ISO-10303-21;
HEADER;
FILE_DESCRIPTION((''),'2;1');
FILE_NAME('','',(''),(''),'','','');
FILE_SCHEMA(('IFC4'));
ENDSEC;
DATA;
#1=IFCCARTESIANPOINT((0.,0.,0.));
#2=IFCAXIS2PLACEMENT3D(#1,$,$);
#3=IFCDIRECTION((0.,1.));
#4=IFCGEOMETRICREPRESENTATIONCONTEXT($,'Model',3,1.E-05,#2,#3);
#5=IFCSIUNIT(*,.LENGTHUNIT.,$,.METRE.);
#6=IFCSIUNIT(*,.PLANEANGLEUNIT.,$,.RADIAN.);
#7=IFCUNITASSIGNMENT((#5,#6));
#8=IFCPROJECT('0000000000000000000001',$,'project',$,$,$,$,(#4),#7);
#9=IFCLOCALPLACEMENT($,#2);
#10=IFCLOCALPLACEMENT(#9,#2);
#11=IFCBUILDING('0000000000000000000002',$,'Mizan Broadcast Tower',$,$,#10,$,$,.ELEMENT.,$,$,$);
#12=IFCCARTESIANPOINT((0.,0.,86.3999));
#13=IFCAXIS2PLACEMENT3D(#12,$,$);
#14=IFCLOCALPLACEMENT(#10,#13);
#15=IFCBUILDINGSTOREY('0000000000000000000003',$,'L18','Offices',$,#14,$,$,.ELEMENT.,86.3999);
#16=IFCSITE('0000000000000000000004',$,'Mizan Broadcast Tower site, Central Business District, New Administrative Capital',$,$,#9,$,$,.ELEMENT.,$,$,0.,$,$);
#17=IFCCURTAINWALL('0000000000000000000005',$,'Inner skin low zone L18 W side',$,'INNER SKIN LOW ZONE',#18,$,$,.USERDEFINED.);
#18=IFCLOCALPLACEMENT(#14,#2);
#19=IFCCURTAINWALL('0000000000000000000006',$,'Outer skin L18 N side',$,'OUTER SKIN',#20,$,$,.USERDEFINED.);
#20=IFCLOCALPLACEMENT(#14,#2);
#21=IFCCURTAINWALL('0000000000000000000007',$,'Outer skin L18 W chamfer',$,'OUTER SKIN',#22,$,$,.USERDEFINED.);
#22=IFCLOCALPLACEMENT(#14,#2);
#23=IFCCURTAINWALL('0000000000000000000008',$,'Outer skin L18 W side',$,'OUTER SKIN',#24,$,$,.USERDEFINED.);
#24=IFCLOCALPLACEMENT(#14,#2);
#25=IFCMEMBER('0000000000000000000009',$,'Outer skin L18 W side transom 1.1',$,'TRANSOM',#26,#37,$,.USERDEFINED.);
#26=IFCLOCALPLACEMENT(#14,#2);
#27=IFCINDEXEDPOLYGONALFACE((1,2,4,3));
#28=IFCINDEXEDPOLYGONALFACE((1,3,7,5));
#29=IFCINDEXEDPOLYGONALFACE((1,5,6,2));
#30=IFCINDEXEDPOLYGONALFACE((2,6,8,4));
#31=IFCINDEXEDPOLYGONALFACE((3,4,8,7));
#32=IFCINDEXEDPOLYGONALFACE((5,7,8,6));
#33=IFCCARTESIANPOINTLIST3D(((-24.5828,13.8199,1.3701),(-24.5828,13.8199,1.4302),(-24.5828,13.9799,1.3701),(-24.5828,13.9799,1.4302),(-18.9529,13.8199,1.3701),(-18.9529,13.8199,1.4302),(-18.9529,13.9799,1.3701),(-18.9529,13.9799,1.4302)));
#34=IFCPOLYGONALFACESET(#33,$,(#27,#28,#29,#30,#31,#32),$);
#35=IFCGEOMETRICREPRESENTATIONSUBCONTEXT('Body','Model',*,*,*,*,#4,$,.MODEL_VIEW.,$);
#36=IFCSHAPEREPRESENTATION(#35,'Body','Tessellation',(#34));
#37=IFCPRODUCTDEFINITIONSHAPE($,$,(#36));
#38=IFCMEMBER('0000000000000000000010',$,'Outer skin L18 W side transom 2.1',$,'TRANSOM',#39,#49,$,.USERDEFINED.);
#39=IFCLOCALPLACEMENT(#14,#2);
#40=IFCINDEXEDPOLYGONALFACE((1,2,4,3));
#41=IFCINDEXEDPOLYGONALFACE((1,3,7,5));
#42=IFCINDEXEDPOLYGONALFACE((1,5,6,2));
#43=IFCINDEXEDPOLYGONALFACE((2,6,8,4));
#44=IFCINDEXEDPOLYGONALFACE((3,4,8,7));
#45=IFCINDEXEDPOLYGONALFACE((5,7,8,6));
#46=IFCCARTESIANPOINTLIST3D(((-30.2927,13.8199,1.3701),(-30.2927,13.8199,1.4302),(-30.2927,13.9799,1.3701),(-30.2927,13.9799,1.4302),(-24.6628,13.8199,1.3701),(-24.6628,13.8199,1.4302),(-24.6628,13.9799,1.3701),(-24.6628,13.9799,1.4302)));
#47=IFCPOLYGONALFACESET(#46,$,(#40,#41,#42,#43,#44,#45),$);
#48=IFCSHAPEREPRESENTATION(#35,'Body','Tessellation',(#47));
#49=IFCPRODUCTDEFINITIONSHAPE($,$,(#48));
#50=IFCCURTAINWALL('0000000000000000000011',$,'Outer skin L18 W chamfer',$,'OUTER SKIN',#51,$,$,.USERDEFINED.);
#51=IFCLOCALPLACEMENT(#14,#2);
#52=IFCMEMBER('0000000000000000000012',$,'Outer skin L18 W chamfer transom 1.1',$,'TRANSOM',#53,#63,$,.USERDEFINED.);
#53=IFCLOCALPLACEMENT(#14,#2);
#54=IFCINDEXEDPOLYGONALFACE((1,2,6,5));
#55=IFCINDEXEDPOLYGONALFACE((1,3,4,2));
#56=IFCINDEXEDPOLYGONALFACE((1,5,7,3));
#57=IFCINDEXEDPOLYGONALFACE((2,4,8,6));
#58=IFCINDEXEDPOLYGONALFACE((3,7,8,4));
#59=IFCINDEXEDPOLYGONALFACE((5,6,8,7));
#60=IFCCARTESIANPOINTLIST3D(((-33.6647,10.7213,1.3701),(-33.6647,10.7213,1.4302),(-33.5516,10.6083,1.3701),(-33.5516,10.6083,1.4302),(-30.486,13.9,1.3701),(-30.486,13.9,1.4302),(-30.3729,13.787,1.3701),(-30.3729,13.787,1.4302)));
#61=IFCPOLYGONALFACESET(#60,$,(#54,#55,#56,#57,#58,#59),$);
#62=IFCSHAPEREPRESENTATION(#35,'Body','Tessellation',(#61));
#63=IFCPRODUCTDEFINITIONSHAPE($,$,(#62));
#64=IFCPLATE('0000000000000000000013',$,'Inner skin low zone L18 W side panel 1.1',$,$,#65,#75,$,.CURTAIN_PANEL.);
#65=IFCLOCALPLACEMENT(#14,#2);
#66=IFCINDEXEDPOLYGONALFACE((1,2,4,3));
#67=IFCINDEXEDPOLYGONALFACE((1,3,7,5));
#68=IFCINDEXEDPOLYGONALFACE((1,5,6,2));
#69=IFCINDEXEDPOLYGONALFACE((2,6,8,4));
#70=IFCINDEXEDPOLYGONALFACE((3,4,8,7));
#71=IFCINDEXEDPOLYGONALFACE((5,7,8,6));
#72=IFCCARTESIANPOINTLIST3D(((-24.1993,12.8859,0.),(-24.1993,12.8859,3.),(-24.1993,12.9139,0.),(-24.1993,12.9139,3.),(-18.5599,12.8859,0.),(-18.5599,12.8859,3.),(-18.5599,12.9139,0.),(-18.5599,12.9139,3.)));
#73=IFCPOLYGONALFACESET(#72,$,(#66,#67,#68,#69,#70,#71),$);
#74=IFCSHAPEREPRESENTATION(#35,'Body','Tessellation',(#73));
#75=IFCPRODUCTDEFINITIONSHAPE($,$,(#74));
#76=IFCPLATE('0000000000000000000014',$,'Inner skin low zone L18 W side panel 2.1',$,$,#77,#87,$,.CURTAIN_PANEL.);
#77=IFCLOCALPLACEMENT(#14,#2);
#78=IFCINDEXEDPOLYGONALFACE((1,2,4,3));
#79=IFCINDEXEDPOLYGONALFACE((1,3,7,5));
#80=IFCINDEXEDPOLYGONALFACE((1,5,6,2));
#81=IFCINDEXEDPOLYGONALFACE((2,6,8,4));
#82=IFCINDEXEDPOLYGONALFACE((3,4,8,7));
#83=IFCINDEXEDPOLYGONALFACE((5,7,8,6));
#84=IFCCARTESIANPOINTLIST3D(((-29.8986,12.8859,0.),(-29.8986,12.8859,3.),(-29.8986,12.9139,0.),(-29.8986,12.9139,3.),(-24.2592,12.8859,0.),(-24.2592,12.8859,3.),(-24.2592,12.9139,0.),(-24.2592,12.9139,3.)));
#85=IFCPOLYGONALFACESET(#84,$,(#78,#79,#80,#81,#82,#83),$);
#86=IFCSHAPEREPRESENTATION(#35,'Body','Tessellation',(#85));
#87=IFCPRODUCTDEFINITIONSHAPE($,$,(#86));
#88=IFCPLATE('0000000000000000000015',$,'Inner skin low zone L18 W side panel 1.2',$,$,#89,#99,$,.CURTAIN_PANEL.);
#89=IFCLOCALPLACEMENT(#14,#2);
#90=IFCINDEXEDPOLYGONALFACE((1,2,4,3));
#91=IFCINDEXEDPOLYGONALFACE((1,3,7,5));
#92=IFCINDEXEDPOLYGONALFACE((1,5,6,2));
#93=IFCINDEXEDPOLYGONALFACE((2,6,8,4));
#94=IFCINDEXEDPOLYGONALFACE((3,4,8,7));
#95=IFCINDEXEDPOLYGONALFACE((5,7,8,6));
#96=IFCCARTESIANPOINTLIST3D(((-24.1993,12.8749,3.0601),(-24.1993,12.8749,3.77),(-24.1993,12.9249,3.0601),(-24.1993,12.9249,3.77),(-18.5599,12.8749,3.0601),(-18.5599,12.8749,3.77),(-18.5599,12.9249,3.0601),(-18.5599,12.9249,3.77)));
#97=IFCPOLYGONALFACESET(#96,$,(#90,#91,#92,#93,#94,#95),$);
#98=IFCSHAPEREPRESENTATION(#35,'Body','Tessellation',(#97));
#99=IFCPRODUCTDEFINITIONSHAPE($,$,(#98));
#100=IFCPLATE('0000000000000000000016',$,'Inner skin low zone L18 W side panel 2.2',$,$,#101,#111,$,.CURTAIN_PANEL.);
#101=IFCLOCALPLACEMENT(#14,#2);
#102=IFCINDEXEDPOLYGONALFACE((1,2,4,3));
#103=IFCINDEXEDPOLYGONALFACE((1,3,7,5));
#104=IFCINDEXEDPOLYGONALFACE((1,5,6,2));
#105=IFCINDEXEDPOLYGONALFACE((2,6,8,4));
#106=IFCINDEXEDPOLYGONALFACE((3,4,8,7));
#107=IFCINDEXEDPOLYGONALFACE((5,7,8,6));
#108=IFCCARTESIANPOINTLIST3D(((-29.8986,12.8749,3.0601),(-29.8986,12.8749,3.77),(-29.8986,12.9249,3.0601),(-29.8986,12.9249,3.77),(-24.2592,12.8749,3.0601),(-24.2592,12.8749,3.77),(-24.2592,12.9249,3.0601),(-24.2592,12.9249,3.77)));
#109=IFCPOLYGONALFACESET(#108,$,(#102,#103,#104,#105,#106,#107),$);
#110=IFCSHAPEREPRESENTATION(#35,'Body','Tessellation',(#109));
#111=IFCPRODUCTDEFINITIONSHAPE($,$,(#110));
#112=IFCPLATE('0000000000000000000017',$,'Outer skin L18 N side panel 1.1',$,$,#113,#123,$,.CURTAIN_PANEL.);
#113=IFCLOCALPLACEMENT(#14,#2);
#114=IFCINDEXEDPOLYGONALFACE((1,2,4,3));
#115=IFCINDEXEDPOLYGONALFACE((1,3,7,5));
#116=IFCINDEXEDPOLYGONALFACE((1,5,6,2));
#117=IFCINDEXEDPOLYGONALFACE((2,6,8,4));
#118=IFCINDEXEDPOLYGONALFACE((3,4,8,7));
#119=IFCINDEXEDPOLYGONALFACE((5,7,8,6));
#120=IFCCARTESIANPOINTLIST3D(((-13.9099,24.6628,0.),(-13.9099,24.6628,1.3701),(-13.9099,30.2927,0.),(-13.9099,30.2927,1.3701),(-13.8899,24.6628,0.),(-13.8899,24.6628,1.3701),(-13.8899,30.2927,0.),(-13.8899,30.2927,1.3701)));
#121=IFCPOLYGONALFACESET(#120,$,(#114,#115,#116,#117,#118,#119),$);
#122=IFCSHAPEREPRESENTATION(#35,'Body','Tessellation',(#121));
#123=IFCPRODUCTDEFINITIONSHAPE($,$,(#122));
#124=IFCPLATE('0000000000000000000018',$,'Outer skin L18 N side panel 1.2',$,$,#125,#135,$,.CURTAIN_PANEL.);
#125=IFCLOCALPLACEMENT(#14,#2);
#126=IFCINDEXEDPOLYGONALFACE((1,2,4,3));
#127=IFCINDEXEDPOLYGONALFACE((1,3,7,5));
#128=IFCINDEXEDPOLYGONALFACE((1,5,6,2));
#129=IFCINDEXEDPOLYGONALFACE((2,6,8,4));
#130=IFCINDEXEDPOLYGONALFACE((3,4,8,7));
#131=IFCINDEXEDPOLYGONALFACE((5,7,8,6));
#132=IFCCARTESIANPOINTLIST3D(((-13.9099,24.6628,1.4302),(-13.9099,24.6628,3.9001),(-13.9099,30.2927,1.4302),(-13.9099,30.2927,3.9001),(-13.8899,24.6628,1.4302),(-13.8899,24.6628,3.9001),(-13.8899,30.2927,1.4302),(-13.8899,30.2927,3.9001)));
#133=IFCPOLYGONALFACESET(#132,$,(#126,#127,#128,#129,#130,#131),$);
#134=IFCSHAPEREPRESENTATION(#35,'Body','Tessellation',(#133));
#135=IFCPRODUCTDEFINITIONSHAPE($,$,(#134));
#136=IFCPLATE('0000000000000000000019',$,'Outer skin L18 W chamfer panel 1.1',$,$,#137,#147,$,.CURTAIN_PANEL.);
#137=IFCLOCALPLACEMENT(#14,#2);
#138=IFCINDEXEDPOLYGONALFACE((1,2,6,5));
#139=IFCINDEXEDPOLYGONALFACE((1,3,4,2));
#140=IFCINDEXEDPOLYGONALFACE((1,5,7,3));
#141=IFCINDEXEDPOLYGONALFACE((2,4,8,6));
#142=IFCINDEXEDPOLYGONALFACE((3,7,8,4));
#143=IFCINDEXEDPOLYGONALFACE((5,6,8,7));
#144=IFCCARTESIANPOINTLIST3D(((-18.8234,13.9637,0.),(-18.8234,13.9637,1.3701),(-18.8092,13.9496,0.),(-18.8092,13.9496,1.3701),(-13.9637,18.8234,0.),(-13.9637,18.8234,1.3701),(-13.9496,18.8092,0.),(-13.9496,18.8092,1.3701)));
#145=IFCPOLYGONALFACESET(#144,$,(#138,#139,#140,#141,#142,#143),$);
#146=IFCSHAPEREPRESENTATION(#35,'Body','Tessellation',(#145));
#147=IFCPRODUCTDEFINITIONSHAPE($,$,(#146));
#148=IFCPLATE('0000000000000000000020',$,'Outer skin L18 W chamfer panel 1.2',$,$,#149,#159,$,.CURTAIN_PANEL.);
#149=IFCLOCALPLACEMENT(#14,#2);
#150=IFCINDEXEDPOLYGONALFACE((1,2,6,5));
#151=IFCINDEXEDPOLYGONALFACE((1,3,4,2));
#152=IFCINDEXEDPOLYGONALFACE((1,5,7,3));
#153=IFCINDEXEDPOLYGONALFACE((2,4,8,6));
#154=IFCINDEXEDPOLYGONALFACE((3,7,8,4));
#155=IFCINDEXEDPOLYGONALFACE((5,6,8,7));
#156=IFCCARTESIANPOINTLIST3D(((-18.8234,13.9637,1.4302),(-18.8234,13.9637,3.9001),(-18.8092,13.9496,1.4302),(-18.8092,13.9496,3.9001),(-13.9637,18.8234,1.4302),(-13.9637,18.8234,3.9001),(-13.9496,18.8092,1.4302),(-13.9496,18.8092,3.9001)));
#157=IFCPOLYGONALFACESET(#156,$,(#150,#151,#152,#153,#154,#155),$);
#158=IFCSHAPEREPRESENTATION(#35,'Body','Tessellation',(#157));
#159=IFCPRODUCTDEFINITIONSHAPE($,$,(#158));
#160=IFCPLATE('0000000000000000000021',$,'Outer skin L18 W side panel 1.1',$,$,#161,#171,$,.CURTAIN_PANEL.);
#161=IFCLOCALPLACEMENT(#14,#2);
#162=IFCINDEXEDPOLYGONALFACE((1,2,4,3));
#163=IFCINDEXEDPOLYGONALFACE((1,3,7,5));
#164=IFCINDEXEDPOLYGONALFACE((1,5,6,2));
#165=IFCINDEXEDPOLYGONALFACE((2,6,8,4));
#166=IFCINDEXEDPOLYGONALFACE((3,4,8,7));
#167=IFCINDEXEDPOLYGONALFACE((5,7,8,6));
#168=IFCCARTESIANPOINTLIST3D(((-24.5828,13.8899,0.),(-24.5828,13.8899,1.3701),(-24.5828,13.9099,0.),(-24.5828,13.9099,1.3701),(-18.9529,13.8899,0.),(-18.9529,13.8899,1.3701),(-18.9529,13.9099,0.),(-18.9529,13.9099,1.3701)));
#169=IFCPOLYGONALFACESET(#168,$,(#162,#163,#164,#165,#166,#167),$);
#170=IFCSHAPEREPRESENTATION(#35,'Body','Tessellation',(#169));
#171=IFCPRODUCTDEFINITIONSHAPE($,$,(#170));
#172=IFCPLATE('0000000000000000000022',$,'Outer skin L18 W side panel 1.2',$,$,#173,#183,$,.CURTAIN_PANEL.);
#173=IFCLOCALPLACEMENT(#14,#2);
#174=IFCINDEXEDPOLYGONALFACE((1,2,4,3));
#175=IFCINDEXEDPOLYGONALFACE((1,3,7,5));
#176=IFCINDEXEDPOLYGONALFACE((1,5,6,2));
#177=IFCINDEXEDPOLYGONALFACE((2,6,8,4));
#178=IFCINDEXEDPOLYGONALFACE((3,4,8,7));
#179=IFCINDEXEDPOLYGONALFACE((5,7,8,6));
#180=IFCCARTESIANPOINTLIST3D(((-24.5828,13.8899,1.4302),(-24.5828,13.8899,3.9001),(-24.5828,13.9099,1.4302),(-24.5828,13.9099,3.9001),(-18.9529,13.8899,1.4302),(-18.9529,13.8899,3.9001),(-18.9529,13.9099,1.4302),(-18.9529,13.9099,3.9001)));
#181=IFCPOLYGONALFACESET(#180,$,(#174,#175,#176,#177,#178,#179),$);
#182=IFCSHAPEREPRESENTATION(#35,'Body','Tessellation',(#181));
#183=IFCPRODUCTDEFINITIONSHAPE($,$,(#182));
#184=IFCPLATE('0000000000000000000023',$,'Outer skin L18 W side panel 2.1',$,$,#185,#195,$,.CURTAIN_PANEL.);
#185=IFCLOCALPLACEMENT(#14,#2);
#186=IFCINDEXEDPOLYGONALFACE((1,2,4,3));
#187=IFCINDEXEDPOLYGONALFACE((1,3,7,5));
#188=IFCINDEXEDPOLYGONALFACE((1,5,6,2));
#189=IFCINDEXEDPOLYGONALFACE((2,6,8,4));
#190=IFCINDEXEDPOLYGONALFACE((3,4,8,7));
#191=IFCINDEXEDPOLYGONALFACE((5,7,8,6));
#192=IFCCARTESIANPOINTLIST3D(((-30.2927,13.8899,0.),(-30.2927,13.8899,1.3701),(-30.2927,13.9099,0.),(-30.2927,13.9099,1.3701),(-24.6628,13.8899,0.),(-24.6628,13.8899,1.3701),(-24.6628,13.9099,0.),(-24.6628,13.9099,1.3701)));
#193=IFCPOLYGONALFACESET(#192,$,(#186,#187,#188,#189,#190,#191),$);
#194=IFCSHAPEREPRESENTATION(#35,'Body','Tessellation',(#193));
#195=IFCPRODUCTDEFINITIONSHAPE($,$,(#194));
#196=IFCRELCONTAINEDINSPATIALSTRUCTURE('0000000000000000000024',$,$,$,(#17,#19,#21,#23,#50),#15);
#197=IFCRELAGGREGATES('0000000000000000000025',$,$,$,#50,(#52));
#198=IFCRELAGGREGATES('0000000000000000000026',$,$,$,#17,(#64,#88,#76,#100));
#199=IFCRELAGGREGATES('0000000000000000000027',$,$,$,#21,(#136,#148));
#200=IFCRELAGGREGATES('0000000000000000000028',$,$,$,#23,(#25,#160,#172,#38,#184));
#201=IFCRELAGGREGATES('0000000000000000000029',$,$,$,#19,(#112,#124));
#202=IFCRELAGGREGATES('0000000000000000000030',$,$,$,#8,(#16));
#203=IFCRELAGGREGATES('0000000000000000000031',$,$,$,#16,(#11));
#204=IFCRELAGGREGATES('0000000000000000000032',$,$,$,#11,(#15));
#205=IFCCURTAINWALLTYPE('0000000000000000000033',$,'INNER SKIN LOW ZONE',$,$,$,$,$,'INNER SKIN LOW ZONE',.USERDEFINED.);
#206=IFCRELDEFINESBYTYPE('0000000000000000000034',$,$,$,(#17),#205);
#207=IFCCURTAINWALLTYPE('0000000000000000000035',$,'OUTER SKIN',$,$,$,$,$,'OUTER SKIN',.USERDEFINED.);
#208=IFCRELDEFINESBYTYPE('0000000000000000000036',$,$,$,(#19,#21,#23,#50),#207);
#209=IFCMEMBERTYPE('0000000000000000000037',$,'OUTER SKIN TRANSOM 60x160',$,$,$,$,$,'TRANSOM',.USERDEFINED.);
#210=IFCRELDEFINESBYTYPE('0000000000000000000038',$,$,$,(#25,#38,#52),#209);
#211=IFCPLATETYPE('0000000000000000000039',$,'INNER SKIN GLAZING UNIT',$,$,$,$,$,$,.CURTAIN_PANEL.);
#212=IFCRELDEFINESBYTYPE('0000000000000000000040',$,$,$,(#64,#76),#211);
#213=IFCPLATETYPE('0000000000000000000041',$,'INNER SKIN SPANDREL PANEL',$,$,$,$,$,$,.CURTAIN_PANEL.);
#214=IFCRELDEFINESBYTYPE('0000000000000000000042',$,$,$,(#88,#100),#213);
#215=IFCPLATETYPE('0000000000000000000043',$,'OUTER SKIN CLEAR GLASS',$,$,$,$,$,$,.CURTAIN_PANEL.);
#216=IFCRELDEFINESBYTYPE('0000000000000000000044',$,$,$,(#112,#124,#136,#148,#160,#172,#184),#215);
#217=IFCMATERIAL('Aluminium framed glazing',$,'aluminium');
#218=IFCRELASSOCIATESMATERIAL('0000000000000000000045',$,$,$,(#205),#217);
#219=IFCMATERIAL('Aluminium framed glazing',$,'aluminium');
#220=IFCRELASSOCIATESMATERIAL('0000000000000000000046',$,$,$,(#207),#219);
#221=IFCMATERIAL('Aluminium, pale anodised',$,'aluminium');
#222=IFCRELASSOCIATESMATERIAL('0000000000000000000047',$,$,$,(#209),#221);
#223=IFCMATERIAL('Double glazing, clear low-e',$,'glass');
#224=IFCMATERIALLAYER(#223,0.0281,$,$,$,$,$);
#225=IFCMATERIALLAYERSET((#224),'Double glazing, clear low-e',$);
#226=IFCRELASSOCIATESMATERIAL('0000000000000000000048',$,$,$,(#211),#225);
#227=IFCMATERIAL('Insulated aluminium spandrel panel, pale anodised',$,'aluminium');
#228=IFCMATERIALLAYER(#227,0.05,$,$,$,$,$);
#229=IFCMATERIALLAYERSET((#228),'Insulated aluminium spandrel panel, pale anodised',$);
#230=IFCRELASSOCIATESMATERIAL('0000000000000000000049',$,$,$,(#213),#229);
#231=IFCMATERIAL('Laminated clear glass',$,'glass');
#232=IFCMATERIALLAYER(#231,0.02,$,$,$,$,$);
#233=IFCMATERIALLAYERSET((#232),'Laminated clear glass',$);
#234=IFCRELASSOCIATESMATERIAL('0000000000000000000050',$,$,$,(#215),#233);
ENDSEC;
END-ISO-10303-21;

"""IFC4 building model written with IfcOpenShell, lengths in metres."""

from ifc_helpers import new_model, si_unit, direction, frame, origin, origin_2d, place, context, subcontext, project, spatial, rectangle, extrude, material, layer, layer_set, material_profile, profile_set, type_object, element, aggregate, save


model = new_model("IFC4")

# Units and contexts
model_context = context("Model", 3, precision=1e-05, world=origin(), true_north=direction((0.0, 1.0)))
body_context = subcontext(model_context, "Body", "Model", "MODEL_VIEW")
ifc_project = project(units=[si_unit("LENGTHUNIT", "METRE"), si_unit("PLANEANGLEUNIT", "RADIAN")], contexts=[model_context])

# Site, building, storey
site_placement = place(None, origin())
site = spatial("IfcSite", under=ifc_project, at=site_placement, Name="Mizan Broadcast Tower site, Central Business District, New Administrative Capital", CompositionType="ELEMENT", RefElevation=0.0)
building_placement = place(site_placement, origin())
building = spatial("IfcBuilding", under=site, at=building_placement, Name="Mizan Broadcast Tower", CompositionType="ELEMENT")
storey_placement = place(building_placement, frame((0.0, 0.0, 86.3999)))
storey = spatial("IfcBuildingStorey", under=building, at=storey_placement, Name="L18", Description="Offices", CompositionType="ELEMENT", Elevation=86.3999)

# Curtain wall
ifc_material_1 = material(Name="Aluminium framed glazing", Category="aluminium")
curtain_wall_type_1 = type_object("IfcCurtainWallType", Name="INNER SKIN LOW ZONE", ElementType="INNER SKIN LOW ZONE", PredefinedType="USERDEFINED", material=ifc_material_1)
curtain_wall_1_placement = place(storey_placement, origin())
curtain_wall_1 = element("IfcCurtainWall", 1, at=curtain_wall_1_placement, inside=storey, type_object=curtain_wall_type_1, Name="Inner skin low zone L18 W side", ObjectType="INNER SKIN LOW ZONE", PredefinedType="USERDEFINED")

# Shared definitions
ifc_material_2 = material(Name="Aluminium framed glazing", Category="aluminium")
curtain_wall_type_2 = type_object("IfcCurtainWallType", Name="OUTER SKIN", ElementType="OUTER SKIN", PredefinedType="USERDEFINED", material=ifc_material_2)

# Curtain wall
curtain_wall_2_placement = place(storey_placement, origin())
curtain_wall_2 = element("IfcCurtainWall", 2, at=curtain_wall_2_placement, inside=storey, type_object=curtain_wall_type_2, Name="Outer skin L18 N side", ObjectType="OUTER SKIN", PredefinedType="USERDEFINED")

# Curtain wall
curtain_wall_3_placement = place(storey_placement, origin())
curtain_wall_3 = element("IfcCurtainWall", 3, at=curtain_wall_3_placement, inside=storey, type_object=curtain_wall_type_2, Name="Outer skin L18 W chamfer", ObjectType="OUTER SKIN", PredefinedType="USERDEFINED")

# Curtain wall
curtain_wall_4_placement = place(storey_placement, origin())
curtain_wall_4 = element("IfcCurtainWall", 4, at=curtain_wall_4_placement, inside=storey, type_object=curtain_wall_type_2, Name="Outer skin L18 W side", ObjectType="OUTER SKIN", PredefinedType="USERDEFINED")

# Members
ifc_material_3 = material(Name="Aluminium, pale anodised", Category="aluminium")
ifc_material_profile_1 = material_profile(ifc_material_3, rectangle(XDim=0.1599, YDim=0.0601, at=origin_2d()), Name="TRANSOM 160x60")
ifc_profile_set_1 = profile_set([ifc_material_profile_1], Name="Aluminium, pale anodised")
member_type_1 = type_object("IfcMemberType", Name="OUTER SKIN TRANSOM 60x160", ElementType="TRANSOM", PredefinedType="USERDEFINED", material=ifc_profile_set_1)
member_1_placement = place(storey_placement, frame((-18.9529, 13.8999, 1.4001), z_axis=(-1.0, 0.0, 0.0), x_axis=(0.0, -1.0, 0.0)))
member_1 = element("IfcMember", 5, at=member_1_placement, type_object=member_type_1, Name="Outer skin L18 W side transom 1.1", ObjectType="TRANSOM", PredefinedType="USERDEFINED", context=body_context, shape_type="SweptSolid", body=[
    extrude(rectangle(XDim=0.1599, YDim=0.0601, at=origin_2d()), origin(), (0.0, 0.0, 1.0), 5.6299),
])
member_2_placement = place(storey_placement, frame((-24.6628, 13.8999, 1.4001), z_axis=(-1.0, 0.0, 0.0), x_axis=(0.0, -1.0, 0.0)))
member_2 = element("IfcMember", 6, at=member_2_placement, type_object=member_type_1, Name="Outer skin L18 W side transom 2.1", ObjectType="TRANSOM", PredefinedType="USERDEFINED", context=body_context, shape_type="SweptSolid", body=[
    extrude(rectangle(XDim=0.1599, YDim=0.0601, at=origin_2d()), origin(), (0.0, 0.0, 1.0), 5.6299),
])

# Curtain wall, member
curtain_wall_5_placement = place(storey_placement, origin())
curtain_wall_5 = element("IfcCurtainWall", 7, at=curtain_wall_5_placement, inside=storey, type_object=curtain_wall_type_2, Name="Outer skin L18 W chamfer", ObjectType="OUTER SKIN", PredefinedType="USERDEFINED")
member_3_placement = place(storey_placement, frame((-30.4294, 13.8435, 1.4001), z_axis=(-0.707107, -0.707107, 0.0), x_axis=(0.707107, -0.707107, 0.0)))
member_3 = element("IfcMember", 8, at=member_3_placement, type_object=member_type_1, Name="Outer skin L18 W chamfer transom 1.1", ObjectType="TRANSOM", PredefinedType="USERDEFINED", context=body_context, shape_type="SweptSolid", body=[
    extrude(rectangle(XDim=0.1599, YDim=0.0601, at=origin_2d()), origin(), (0.0, 0.0, 1.0), 4.4954),
])
aggregate(curtain_wall_5, [member_3])

# Plates
ifc_material_4 = material(Name="Double glazing, clear low-e", Category="glass")
ifc_layer_1 = layer(ifc_material_4, 0.0281)
ifc_layer_set_1 = layer_set([ifc_layer_1], Name="Double glazing, clear low-e")
plate_type_1 = type_object("IfcPlateType", Name="INNER SKIN GLAZING UNIT", PredefinedType="CURTAIN_PANEL", material=ifc_layer_set_1)
plate_1_placement = place(storey_placement, frame((-21.3796, 12.8999, 0.0), z_axis=(0.0, 0.0, 1.0), x_axis=(-1.0, 0.0, 0.0)))
plate_1 = element("IfcPlate", 9, at=plate_1_placement, type_object=plate_type_1, Name="Inner skin low zone L18 W side panel 1.1", PredefinedType="CURTAIN_PANEL", context=body_context, shape_type="SweptSolid", body=[
    extrude(rectangle(XDim=5.6394, YDim=0.0281, at=origin_2d()), origin(), (0.0, 0.0, 1.0), 3.0),
])
plate_2_placement = place(storey_placement, frame((-27.0789, 12.8999, 0.0), z_axis=(0.0, 0.0, 1.0), x_axis=(-1.0, 0.0, 0.0)))
plate_2 = element("IfcPlate", 10, at=plate_2_placement, type_object=plate_type_1, Name="Inner skin low zone L18 W side panel 2.1", PredefinedType="CURTAIN_PANEL", context=body_context, shape_type="SweptSolid", body=[
    extrude(rectangle(XDim=5.6394, YDim=0.0281, at=origin_2d()), origin(), (0.0, 0.0, 1.0), 3.0),
])
ifc_material_5 = material(Name="Insulated aluminium spandrel panel, pale anodised", Category="aluminium")
ifc_layer_2 = layer(ifc_material_5, 0.05)
ifc_layer_set_2 = layer_set([ifc_layer_2], Name="Insulated aluminium spandrel panel, pale anodised")
plate_type_2 = type_object("IfcPlateType", Name="INNER SKIN SPANDREL PANEL", PredefinedType="CURTAIN_PANEL", material=ifc_layer_set_2)
plate_3_placement = place(storey_placement, frame((-21.3796, 12.8999, 3.0601), z_axis=(0.0, 0.0, 1.0), x_axis=(-1.0, 0.0, 0.0)))
plate_3 = element("IfcPlate", 11, at=plate_3_placement, type_object=plate_type_2, Name="Inner skin low zone L18 W side panel 1.2", PredefinedType="CURTAIN_PANEL", context=body_context, shape_type="SweptSolid", body=[
    extrude(rectangle(XDim=5.6394, YDim=0.05, at=origin_2d()), origin(), (0.0, 0.0, 1.0), 0.71),
])
plate_4_placement = place(storey_placement, frame((-27.0789, 12.8999, 3.0601), z_axis=(0.0, 0.0, 1.0), x_axis=(-1.0, 0.0, 0.0)))
plate_4 = element("IfcPlate", 12, at=plate_4_placement, type_object=plate_type_2, Name="Inner skin low zone L18 W side panel 2.2", PredefinedType="CURTAIN_PANEL", context=body_context, shape_type="SweptSolid", body=[
    extrude(rectangle(XDim=5.6394, YDim=0.05, at=origin_2d()), origin(), (0.0, 0.0, 1.0), 0.71),
])
aggregate(curtain_wall_1, [plate_1, plate_3, plate_2, plate_4])
ifc_material_6 = material(Name="Laminated clear glass", Category="glass")
ifc_layer_3 = layer(ifc_material_6, 0.02)
ifc_layer_set_3 = layer_set([ifc_layer_3], Name="Laminated clear glass")
plate_type_3 = type_object("IfcPlateType", Name="OUTER SKIN CLEAR GLASS", PredefinedType="CURTAIN_PANEL", material=ifc_layer_set_3)
plate_5_placement = place(storey_placement, frame((-13.8999, 27.4778, 0.0), z_axis=(0.0, 0.0, 1.0), x_axis=(0.0, -1.0, 0.0)))
plate_5 = element("IfcPlate", 13, at=plate_5_placement, type_object=plate_type_3, Name="Outer skin L18 N side panel 1.1", PredefinedType="CURTAIN_PANEL", context=body_context, shape_type="SweptSolid", body=[
    extrude(rectangle(XDim=5.6299, YDim=0.02, at=origin_2d()), origin(), (0.0, 0.0, 1.0), 1.3701),
])
plate_6_placement = place(storey_placement, frame((-13.8999, 27.4778, 1.4302), z_axis=(0.0, 0.0, 1.0), x_axis=(0.0, -1.0, 0.0)))
plate_6 = element("IfcPlate", 14, at=plate_6_placement, type_object=plate_type_3, Name="Outer skin L18 N side panel 1.2", PredefinedType="CURTAIN_PANEL", context=body_context, shape_type="SweptSolid", body=[
    extrude(rectangle(XDim=5.6299, YDim=0.02, at=origin_2d()), origin(), (0.0, 0.0, 1.0), 2.47),
])
plate_7_placement = place(storey_placement, frame((-16.3865, 16.3865, 0.0), z_axis=(0.0, 0.0, 1.0), x_axis=(-0.707107, -0.707107, 0.0)))
plate_7 = element("IfcPlate", 15, at=plate_7_placement, type_object=plate_type_3, Name="Outer skin L18 W chamfer panel 1.1", PredefinedType="CURTAIN_PANEL", context=body_context, shape_type="SweptSolid", body=[
    extrude(rectangle(XDim=6.8726, YDim=0.02, at=origin_2d()), origin(), (0.0, 0.0, 1.0), 1.3701),
])
plate_8_placement = place(storey_placement, frame((-16.3865, 16.3865, 1.4302), z_axis=(0.0, 0.0, 1.0), x_axis=(-0.707107, -0.707107, 0.0)))
plate_8 = element("IfcPlate", 16, at=plate_8_placement, type_object=plate_type_3, Name="Outer skin L18 W chamfer panel 1.2", PredefinedType="CURTAIN_PANEL", context=body_context, shape_type="SweptSolid", body=[
    extrude(rectangle(XDim=6.8726, YDim=0.02, at=origin_2d()), origin(), (0.0, 0.0, 1.0), 2.47),
])
aggregate(curtain_wall_3, [plate_7, plate_8])
plate_9_placement = place(storey_placement, frame((-21.7678, 13.8999, 0.0), z_axis=(0.0, 0.0, 1.0), x_axis=(-1.0, 0.0, 0.0)))
plate_9 = element("IfcPlate", 17, at=plate_9_placement, type_object=plate_type_3, Name="Outer skin L18 W side panel 1.1", PredefinedType="CURTAIN_PANEL", context=body_context, shape_type="SweptSolid", body=[
    extrude(rectangle(XDim=5.6299, YDim=0.02, at=origin_2d()), origin(), (0.0, 0.0, 1.0), 1.3701),
])
plate_10_placement = place(storey_placement, frame((-21.7678, 13.8999, 1.4302), z_axis=(0.0, 0.0, 1.0), x_axis=(-1.0, 0.0, 0.0)))
plate_10 = element("IfcPlate", 18, at=plate_10_placement, type_object=plate_type_3, Name="Outer skin L18 W side panel 1.2", PredefinedType="CURTAIN_PANEL", context=body_context, shape_type="SweptSolid", body=[
    extrude(rectangle(XDim=5.6299, YDim=0.02, at=origin_2d()), origin(), (0.0, 0.0, 1.0), 2.47),
])
plate_11_placement = place(storey_placement, frame((-27.4778, 13.8999, 0.0), z_axis=(0.0, 0.0, 1.0), x_axis=(-1.0, 0.0, 0.0)))
plate_11 = element("IfcPlate", 19, at=plate_11_placement, type_object=plate_type_3, Name="Outer skin L18 W side panel 2.1", PredefinedType="CURTAIN_PANEL", context=body_context, shape_type="SweptSolid", body=[
    extrude(rectangle(XDim=5.6299, YDim=0.02, at=origin_2d()), origin(), (0.0, 0.0, 1.0), 1.3701),
])
aggregate(curtain_wall_4, [member_1, plate_9, plate_10, member_2, plate_11])
aggregate(curtain_wall_2, [plate_5, plate_6])

save(model, "model.ifc")
